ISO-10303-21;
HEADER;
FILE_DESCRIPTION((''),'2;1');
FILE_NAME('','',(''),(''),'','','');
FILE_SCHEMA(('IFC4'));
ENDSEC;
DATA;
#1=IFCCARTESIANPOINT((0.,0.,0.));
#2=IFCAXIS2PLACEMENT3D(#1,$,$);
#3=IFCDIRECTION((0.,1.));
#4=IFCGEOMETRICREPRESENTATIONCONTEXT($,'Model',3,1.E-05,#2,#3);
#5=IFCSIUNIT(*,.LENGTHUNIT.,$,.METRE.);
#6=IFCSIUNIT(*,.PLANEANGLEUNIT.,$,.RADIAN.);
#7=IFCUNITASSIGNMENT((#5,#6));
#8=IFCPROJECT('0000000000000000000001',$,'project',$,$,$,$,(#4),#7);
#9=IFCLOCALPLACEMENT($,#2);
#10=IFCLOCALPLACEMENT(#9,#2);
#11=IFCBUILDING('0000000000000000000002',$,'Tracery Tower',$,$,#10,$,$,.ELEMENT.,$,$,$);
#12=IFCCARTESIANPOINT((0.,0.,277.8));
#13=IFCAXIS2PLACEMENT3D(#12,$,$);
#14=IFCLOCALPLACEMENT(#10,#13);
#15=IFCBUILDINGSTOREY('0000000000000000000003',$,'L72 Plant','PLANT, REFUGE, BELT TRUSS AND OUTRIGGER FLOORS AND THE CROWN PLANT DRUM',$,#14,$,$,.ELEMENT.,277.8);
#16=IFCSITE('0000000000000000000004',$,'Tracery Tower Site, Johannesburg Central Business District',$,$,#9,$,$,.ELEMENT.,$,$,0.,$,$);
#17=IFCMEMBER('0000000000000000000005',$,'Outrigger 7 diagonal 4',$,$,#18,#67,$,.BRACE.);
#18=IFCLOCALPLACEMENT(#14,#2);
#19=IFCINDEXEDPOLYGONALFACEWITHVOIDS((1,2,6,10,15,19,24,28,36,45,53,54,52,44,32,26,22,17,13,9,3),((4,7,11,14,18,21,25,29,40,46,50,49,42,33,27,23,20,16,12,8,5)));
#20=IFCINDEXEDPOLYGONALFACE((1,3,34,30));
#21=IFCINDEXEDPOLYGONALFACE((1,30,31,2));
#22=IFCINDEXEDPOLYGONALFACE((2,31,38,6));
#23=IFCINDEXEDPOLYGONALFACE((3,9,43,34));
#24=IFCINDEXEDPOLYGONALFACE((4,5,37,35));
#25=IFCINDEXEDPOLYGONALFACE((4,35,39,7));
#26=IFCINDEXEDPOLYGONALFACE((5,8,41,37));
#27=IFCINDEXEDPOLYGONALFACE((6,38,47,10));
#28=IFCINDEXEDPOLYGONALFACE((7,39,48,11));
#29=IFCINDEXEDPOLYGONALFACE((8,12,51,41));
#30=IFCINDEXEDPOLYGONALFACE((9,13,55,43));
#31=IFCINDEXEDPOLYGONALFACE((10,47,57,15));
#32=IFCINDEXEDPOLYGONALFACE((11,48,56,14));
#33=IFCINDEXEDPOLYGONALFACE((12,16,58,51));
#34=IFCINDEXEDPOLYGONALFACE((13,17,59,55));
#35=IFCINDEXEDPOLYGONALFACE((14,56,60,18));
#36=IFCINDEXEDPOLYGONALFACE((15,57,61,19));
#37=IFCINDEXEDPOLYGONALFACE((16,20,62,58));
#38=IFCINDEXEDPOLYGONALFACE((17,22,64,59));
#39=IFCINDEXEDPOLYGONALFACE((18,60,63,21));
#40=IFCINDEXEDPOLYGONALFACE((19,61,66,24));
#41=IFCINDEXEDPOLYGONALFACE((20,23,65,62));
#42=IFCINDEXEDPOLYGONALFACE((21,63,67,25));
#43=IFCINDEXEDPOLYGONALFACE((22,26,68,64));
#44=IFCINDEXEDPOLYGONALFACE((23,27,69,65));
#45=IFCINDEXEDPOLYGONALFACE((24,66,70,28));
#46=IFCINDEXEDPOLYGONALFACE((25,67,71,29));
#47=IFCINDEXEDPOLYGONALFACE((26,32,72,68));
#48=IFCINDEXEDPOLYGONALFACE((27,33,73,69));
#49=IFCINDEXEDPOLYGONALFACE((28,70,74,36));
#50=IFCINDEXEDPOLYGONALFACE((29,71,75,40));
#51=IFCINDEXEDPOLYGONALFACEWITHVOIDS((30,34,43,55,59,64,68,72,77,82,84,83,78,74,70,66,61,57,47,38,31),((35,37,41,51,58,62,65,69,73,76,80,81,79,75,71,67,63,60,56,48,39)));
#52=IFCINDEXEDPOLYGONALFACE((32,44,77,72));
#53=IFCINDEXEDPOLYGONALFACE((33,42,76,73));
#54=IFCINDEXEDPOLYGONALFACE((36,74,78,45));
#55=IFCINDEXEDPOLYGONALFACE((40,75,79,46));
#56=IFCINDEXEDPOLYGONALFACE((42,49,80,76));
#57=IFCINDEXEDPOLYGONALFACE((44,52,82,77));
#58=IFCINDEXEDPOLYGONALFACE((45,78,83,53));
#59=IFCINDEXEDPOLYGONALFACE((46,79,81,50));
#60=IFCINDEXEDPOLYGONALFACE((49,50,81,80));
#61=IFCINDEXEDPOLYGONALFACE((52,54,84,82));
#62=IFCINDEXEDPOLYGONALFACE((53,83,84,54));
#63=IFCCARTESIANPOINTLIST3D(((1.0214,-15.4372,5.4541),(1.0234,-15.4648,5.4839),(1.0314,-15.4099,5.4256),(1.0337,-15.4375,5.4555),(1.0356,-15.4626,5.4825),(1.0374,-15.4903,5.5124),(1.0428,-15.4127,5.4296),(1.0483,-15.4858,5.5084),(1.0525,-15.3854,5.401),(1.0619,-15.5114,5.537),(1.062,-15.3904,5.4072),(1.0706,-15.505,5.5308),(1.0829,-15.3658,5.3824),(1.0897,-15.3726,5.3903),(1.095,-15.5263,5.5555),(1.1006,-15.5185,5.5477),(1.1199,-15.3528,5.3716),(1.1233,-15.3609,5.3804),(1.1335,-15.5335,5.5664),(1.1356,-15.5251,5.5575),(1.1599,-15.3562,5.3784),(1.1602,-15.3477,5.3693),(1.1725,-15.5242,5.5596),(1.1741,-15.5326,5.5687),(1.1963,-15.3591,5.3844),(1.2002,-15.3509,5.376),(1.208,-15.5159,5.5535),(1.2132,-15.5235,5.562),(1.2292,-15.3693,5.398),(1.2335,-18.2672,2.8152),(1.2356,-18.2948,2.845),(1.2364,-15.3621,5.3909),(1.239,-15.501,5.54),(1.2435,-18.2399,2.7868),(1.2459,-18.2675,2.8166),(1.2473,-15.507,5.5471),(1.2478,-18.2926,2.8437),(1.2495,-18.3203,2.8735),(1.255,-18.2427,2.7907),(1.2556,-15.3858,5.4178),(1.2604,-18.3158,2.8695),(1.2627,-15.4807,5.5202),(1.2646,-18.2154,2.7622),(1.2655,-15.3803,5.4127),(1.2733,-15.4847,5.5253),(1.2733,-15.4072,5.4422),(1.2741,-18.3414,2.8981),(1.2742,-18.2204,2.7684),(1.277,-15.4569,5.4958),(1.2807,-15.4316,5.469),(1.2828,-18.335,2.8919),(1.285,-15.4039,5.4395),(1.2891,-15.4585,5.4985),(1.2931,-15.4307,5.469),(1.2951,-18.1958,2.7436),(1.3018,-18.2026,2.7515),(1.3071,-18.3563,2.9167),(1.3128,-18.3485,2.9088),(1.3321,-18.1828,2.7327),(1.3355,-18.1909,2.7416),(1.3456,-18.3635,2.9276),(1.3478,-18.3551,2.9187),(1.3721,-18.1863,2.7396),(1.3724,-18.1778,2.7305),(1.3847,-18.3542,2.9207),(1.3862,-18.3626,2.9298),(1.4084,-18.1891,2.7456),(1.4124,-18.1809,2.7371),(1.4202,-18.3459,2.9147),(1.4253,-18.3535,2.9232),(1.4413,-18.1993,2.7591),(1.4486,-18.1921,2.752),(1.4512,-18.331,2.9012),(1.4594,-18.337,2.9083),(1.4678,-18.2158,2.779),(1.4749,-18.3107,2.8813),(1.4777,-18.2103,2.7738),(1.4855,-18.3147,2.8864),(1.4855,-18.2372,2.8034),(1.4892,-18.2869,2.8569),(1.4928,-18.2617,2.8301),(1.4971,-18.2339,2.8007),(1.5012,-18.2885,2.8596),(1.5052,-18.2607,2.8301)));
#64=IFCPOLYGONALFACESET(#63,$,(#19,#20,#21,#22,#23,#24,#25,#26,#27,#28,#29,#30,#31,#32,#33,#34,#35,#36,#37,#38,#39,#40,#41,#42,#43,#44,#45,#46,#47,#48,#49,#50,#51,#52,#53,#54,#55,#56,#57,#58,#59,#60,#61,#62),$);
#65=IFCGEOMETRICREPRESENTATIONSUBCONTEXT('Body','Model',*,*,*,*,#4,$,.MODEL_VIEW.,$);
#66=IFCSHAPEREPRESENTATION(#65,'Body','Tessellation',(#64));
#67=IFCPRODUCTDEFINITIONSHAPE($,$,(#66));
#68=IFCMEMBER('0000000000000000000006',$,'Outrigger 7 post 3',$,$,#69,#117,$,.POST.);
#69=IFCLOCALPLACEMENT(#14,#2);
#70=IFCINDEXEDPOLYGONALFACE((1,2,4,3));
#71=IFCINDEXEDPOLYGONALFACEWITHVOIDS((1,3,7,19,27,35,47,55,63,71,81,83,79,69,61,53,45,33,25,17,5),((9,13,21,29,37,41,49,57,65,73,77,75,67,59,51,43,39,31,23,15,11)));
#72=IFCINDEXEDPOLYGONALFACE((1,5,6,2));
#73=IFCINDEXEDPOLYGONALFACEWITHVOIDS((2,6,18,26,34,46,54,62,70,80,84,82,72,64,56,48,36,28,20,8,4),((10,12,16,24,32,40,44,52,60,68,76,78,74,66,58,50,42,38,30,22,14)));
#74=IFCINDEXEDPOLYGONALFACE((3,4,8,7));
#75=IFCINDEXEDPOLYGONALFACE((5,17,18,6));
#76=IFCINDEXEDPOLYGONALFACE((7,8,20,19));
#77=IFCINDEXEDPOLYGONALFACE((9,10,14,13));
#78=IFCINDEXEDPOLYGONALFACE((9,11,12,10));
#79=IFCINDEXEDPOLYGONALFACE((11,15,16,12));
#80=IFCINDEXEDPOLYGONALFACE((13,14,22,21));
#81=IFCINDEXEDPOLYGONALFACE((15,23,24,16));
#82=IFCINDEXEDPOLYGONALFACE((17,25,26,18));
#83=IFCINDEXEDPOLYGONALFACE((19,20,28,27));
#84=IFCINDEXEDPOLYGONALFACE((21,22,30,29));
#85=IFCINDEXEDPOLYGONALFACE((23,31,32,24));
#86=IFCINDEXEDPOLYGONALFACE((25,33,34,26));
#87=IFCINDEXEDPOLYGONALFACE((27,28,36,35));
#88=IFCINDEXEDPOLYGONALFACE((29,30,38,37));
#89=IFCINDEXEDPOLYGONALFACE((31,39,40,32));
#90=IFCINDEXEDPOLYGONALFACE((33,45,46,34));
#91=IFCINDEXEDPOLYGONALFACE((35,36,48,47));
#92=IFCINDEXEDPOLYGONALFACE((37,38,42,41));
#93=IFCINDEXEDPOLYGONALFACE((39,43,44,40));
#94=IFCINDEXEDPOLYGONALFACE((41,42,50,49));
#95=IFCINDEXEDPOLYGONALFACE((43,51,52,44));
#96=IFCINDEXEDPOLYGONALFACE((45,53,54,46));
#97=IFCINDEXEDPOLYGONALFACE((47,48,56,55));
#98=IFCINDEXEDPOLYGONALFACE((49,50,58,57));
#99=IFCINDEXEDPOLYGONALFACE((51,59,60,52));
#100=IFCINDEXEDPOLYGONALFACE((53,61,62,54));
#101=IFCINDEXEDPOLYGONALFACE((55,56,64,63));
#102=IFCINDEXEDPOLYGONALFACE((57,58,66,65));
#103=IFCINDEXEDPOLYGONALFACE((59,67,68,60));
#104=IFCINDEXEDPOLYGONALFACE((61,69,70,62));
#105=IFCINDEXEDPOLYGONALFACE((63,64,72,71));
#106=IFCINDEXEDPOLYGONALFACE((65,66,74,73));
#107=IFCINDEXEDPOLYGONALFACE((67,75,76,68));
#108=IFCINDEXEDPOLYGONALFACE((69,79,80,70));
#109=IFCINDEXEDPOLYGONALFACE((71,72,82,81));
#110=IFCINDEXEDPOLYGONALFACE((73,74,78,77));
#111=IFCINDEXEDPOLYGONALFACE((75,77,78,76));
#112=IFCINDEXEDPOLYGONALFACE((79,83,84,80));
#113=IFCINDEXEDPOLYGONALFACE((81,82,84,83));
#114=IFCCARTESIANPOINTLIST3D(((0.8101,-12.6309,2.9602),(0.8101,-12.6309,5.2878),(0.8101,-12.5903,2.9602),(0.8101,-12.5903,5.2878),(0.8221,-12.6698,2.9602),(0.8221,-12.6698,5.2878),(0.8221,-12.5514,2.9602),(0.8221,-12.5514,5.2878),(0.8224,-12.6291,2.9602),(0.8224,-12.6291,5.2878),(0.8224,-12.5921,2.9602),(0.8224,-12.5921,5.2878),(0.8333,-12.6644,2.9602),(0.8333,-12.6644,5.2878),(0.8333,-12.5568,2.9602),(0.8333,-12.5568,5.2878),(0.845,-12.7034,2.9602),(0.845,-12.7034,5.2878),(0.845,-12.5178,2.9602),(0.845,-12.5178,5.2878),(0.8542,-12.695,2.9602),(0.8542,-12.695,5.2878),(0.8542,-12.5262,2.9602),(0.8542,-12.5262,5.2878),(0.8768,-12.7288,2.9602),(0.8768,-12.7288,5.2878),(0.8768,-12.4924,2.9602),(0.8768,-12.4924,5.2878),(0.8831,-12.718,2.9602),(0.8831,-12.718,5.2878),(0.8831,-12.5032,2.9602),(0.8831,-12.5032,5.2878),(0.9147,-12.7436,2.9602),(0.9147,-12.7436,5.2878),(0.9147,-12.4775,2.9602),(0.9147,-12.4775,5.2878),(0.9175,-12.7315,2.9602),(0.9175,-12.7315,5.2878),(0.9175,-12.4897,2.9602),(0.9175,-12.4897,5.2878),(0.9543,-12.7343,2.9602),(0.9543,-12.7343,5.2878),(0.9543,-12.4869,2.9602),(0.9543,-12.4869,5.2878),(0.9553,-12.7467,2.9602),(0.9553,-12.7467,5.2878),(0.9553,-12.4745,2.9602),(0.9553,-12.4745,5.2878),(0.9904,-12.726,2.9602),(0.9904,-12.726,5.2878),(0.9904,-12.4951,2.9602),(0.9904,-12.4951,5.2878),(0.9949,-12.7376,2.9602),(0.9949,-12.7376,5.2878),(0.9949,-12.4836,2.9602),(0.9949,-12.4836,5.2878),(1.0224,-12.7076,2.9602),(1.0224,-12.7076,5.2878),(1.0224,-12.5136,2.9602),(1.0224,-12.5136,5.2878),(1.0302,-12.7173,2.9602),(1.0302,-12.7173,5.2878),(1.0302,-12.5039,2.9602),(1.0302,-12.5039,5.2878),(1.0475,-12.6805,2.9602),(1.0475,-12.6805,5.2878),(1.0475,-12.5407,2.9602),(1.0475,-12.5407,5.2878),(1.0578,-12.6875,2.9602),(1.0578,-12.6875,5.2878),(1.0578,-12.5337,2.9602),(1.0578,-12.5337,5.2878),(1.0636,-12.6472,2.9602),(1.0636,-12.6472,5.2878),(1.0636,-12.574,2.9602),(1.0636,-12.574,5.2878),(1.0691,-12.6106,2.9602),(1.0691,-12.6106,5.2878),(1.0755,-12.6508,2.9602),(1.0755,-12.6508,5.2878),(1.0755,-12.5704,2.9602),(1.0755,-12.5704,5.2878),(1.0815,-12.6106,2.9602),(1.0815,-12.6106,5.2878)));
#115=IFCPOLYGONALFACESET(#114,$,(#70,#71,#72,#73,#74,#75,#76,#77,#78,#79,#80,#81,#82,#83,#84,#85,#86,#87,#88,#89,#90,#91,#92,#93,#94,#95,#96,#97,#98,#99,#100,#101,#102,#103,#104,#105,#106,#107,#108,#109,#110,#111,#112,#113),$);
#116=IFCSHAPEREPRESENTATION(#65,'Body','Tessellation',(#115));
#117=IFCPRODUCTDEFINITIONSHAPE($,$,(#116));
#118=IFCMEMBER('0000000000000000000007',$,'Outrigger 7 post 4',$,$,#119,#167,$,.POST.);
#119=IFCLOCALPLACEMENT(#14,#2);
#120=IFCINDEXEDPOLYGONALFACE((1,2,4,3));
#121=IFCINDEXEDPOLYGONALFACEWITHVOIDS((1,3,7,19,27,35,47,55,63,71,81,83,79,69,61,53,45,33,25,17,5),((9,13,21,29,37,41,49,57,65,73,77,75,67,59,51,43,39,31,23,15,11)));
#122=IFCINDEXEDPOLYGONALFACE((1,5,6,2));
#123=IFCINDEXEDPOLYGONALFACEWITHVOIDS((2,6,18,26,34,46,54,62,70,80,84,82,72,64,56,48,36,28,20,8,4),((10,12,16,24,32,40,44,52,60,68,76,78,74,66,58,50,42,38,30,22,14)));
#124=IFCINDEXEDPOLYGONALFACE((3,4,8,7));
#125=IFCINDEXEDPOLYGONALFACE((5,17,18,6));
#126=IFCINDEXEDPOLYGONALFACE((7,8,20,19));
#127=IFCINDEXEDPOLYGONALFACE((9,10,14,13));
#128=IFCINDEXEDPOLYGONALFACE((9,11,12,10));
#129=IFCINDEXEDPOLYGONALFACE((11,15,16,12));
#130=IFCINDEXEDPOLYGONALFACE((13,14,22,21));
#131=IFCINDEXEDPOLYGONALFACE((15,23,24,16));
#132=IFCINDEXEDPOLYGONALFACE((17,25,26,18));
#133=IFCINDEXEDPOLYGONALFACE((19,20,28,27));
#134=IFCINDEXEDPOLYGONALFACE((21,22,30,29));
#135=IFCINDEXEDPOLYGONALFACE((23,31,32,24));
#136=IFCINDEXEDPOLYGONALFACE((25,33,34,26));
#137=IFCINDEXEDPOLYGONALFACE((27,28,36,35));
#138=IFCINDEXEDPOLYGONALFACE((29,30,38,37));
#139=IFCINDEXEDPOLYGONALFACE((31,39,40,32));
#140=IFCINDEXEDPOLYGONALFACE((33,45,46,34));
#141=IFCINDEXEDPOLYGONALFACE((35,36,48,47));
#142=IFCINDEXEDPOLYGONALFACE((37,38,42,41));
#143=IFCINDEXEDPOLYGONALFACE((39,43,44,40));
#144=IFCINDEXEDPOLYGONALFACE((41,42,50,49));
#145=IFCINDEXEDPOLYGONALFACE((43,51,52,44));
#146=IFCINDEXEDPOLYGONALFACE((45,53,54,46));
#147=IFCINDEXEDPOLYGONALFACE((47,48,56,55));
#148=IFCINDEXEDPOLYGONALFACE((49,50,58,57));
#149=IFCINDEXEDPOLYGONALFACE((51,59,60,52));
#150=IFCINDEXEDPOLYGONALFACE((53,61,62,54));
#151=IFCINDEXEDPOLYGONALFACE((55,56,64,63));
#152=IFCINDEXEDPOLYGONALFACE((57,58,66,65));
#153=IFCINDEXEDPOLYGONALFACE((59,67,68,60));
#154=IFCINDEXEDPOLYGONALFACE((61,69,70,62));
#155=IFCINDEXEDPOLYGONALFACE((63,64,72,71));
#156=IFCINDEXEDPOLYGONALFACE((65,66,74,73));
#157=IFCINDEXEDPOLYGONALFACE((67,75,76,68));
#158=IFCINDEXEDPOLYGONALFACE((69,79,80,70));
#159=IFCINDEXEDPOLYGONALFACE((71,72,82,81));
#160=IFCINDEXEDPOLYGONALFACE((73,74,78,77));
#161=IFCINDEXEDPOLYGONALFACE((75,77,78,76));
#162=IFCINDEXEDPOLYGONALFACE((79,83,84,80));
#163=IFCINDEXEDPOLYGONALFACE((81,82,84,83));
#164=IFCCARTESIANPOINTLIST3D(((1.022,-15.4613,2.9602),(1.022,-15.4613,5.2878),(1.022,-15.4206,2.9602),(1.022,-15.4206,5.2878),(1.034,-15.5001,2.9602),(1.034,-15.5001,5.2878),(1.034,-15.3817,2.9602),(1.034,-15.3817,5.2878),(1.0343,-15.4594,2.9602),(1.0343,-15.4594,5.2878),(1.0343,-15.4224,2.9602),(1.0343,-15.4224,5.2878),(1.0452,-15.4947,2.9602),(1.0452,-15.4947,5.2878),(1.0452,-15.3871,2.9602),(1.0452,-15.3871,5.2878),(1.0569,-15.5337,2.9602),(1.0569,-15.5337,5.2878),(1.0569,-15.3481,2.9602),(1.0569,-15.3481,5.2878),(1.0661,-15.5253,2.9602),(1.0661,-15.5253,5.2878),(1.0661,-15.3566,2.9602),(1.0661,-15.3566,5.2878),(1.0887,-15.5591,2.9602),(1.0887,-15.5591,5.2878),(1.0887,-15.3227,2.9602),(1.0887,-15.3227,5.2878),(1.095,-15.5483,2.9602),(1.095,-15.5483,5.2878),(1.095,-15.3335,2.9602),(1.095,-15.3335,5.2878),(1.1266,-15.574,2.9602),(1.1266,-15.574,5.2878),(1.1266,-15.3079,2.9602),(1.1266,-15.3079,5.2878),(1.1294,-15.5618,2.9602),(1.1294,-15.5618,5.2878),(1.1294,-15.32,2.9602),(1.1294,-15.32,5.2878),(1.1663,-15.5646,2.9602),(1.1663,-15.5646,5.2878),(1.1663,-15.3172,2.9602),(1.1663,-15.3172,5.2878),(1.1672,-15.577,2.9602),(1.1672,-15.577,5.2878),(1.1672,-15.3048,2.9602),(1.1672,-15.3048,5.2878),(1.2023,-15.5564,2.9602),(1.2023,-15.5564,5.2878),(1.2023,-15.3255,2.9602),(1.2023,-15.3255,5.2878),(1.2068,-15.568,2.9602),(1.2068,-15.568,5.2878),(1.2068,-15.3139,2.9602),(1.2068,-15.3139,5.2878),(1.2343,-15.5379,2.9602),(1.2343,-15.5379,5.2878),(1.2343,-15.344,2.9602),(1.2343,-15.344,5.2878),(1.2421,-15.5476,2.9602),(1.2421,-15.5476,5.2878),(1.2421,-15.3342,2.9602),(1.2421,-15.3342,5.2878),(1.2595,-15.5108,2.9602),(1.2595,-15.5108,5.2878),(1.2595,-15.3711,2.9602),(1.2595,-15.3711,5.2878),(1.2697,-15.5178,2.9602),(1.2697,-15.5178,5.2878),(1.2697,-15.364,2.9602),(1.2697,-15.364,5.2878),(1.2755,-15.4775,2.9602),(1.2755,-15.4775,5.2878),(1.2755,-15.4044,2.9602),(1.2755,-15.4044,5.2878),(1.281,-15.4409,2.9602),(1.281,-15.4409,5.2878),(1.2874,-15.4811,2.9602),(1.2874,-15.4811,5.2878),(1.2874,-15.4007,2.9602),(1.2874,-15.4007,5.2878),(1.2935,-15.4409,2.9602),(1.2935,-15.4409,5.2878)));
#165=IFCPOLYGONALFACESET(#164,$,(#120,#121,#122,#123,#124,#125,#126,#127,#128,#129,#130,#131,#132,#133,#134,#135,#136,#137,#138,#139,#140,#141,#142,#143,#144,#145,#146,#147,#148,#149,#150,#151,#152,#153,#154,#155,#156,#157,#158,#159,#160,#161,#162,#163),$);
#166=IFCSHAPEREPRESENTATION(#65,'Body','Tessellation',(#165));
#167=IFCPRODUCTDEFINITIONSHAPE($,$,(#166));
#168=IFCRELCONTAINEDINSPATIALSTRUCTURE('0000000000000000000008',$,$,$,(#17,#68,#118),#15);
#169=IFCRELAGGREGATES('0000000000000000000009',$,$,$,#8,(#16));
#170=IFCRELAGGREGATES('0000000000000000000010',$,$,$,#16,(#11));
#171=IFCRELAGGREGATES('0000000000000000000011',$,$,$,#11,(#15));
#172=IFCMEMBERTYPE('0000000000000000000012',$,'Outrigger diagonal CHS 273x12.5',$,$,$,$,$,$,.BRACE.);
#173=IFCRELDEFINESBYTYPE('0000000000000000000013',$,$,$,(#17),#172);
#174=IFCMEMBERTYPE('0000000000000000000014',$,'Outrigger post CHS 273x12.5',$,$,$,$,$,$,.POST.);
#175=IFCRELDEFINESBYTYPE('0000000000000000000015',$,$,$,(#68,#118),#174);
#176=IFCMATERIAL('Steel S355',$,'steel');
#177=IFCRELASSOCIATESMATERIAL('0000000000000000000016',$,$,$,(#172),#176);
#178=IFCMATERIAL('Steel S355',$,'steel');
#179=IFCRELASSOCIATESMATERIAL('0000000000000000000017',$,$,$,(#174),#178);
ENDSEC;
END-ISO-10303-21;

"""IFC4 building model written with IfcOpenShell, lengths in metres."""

from ifc_helpers import new_model, si_unit, direction, frame, origin, origin_2d, place, context, subcontext, project, spatial, hollow_circle, extrude, material, material_profile, profile_set, type_object, element, save


model = new_model("IFC4")

# Units and contexts
model_context = context("Model", 3, precision=1e-05, world=origin(), true_north=direction((0.0, 1.0)))
body_context = subcontext(model_context, "Body", "Model", "MODEL_VIEW")
ifc_project = project(units=[si_unit("LENGTHUNIT", "METRE"), si_unit("PLANEANGLEUNIT", "RADIAN")], contexts=[model_context])

# Site, building, storey
site_placement = place(None, origin())
site = spatial("IfcSite", under=ifc_project, at=site_placement, Name="Tracery Tower Site, Johannesburg Central Business District", CompositionType="ELEMENT", RefElevation=0.0)
building_placement = place(site_placement, origin())
building = spatial("IfcBuilding", under=site, at=building_placement, Name="Tracery Tower", CompositionType="ELEMENT")
storey_placement = place(building_placement, frame((0.0, 0.0, 277.8)))
storey = spatial("IfcBuildingStorey", under=building, at=storey_placement, Name="L72 Plant", Description="PLANT, REFUGE, BELT TRUSS AND OUTRIGGER FLOORS AND THE CROWN PLANT DRUM", CompositionType="ELEMENT", Elevation=277.8)

# Members
ifc_material_1 = material(Name="Steel S355", Category="steel")
ifc_material_profile_1 = material_profile(ifc_material_1, hollow_circle(Radius=0.1365, WallThickness=0.0125, at=origin_2d()), Name="CHS 273x12.5")
ifc_profile_set_1 = profile_set([ifc_material_profile_1], Name="Steel S355")
member_type_1 = type_object("IfcMemberType", Name="Outrigger diagonal CHS 273x12.5", PredefinedType="BRACE", material=ifc_profile_set_1)
member_1_placement = place(storey_placement, frame((1.157, -15.4409, 5.469), z_axis=(0.054746, -0.730279, -0.680951), x_axis=(0.997202, 0.074756, 0.0)))
element("IfcMember", 1, at=member_1_placement, inside=storey, type_object=member_type_1, Name="Outrigger 7 diagonal 4", PredefinedType="BRACE", context=body_context, shape_type="SweptSolid", body=[
    extrude(hollow_circle(Radius=0.1365, WallThickness=0.0125, at=origin_2d()), origin(), (0.0, 0.0, 1.0), 3.8752),
])
ifc_material_2 = material(Name="Steel S355", Category="steel")
ifc_material_profile_2 = material_profile(ifc_material_2, hollow_circle(Radius=0.1365, WallThickness=0.0125, at=origin_2d()), Name="CHS 273x12.5")
ifc_profile_set_2 = profile_set([ifc_material_profile_2], Name="Steel S355")
member_type_2 = type_object("IfcMemberType", Name="Outrigger post CHS 273x12.5", PredefinedType="POST", material=ifc_profile_set_2)
for number, where, z_axis, x_axis, name in (
    (2, (0.9451, -12.6106, 2.9602), (0.0, 0.0, 1.0), (1.0, 0.0, 0.0), "Outrigger 7 post 3"),
    (3, (1.157, -15.4409, 2.9602), (0.0, 0.0, 1.0), (1.0, 0.0, 0.0), "Outrigger 7 post 4"),
):
    element("IfcMember", number, at=place(storey_placement, frame(where, z_axis=z_axis, x_axis=x_axis)), inside=storey, type_object=member_type_2, Name=name, PredefinedType="POST", context=body_context, shape_type="SweptSolid", body=[
        extrude(hollow_circle(Radius=0.1365, WallThickness=0.0125, at=origin_2d()), origin(), (0.0, 0.0, 1.0), 2.3276),
    ])

save(model, "model.ifc")
